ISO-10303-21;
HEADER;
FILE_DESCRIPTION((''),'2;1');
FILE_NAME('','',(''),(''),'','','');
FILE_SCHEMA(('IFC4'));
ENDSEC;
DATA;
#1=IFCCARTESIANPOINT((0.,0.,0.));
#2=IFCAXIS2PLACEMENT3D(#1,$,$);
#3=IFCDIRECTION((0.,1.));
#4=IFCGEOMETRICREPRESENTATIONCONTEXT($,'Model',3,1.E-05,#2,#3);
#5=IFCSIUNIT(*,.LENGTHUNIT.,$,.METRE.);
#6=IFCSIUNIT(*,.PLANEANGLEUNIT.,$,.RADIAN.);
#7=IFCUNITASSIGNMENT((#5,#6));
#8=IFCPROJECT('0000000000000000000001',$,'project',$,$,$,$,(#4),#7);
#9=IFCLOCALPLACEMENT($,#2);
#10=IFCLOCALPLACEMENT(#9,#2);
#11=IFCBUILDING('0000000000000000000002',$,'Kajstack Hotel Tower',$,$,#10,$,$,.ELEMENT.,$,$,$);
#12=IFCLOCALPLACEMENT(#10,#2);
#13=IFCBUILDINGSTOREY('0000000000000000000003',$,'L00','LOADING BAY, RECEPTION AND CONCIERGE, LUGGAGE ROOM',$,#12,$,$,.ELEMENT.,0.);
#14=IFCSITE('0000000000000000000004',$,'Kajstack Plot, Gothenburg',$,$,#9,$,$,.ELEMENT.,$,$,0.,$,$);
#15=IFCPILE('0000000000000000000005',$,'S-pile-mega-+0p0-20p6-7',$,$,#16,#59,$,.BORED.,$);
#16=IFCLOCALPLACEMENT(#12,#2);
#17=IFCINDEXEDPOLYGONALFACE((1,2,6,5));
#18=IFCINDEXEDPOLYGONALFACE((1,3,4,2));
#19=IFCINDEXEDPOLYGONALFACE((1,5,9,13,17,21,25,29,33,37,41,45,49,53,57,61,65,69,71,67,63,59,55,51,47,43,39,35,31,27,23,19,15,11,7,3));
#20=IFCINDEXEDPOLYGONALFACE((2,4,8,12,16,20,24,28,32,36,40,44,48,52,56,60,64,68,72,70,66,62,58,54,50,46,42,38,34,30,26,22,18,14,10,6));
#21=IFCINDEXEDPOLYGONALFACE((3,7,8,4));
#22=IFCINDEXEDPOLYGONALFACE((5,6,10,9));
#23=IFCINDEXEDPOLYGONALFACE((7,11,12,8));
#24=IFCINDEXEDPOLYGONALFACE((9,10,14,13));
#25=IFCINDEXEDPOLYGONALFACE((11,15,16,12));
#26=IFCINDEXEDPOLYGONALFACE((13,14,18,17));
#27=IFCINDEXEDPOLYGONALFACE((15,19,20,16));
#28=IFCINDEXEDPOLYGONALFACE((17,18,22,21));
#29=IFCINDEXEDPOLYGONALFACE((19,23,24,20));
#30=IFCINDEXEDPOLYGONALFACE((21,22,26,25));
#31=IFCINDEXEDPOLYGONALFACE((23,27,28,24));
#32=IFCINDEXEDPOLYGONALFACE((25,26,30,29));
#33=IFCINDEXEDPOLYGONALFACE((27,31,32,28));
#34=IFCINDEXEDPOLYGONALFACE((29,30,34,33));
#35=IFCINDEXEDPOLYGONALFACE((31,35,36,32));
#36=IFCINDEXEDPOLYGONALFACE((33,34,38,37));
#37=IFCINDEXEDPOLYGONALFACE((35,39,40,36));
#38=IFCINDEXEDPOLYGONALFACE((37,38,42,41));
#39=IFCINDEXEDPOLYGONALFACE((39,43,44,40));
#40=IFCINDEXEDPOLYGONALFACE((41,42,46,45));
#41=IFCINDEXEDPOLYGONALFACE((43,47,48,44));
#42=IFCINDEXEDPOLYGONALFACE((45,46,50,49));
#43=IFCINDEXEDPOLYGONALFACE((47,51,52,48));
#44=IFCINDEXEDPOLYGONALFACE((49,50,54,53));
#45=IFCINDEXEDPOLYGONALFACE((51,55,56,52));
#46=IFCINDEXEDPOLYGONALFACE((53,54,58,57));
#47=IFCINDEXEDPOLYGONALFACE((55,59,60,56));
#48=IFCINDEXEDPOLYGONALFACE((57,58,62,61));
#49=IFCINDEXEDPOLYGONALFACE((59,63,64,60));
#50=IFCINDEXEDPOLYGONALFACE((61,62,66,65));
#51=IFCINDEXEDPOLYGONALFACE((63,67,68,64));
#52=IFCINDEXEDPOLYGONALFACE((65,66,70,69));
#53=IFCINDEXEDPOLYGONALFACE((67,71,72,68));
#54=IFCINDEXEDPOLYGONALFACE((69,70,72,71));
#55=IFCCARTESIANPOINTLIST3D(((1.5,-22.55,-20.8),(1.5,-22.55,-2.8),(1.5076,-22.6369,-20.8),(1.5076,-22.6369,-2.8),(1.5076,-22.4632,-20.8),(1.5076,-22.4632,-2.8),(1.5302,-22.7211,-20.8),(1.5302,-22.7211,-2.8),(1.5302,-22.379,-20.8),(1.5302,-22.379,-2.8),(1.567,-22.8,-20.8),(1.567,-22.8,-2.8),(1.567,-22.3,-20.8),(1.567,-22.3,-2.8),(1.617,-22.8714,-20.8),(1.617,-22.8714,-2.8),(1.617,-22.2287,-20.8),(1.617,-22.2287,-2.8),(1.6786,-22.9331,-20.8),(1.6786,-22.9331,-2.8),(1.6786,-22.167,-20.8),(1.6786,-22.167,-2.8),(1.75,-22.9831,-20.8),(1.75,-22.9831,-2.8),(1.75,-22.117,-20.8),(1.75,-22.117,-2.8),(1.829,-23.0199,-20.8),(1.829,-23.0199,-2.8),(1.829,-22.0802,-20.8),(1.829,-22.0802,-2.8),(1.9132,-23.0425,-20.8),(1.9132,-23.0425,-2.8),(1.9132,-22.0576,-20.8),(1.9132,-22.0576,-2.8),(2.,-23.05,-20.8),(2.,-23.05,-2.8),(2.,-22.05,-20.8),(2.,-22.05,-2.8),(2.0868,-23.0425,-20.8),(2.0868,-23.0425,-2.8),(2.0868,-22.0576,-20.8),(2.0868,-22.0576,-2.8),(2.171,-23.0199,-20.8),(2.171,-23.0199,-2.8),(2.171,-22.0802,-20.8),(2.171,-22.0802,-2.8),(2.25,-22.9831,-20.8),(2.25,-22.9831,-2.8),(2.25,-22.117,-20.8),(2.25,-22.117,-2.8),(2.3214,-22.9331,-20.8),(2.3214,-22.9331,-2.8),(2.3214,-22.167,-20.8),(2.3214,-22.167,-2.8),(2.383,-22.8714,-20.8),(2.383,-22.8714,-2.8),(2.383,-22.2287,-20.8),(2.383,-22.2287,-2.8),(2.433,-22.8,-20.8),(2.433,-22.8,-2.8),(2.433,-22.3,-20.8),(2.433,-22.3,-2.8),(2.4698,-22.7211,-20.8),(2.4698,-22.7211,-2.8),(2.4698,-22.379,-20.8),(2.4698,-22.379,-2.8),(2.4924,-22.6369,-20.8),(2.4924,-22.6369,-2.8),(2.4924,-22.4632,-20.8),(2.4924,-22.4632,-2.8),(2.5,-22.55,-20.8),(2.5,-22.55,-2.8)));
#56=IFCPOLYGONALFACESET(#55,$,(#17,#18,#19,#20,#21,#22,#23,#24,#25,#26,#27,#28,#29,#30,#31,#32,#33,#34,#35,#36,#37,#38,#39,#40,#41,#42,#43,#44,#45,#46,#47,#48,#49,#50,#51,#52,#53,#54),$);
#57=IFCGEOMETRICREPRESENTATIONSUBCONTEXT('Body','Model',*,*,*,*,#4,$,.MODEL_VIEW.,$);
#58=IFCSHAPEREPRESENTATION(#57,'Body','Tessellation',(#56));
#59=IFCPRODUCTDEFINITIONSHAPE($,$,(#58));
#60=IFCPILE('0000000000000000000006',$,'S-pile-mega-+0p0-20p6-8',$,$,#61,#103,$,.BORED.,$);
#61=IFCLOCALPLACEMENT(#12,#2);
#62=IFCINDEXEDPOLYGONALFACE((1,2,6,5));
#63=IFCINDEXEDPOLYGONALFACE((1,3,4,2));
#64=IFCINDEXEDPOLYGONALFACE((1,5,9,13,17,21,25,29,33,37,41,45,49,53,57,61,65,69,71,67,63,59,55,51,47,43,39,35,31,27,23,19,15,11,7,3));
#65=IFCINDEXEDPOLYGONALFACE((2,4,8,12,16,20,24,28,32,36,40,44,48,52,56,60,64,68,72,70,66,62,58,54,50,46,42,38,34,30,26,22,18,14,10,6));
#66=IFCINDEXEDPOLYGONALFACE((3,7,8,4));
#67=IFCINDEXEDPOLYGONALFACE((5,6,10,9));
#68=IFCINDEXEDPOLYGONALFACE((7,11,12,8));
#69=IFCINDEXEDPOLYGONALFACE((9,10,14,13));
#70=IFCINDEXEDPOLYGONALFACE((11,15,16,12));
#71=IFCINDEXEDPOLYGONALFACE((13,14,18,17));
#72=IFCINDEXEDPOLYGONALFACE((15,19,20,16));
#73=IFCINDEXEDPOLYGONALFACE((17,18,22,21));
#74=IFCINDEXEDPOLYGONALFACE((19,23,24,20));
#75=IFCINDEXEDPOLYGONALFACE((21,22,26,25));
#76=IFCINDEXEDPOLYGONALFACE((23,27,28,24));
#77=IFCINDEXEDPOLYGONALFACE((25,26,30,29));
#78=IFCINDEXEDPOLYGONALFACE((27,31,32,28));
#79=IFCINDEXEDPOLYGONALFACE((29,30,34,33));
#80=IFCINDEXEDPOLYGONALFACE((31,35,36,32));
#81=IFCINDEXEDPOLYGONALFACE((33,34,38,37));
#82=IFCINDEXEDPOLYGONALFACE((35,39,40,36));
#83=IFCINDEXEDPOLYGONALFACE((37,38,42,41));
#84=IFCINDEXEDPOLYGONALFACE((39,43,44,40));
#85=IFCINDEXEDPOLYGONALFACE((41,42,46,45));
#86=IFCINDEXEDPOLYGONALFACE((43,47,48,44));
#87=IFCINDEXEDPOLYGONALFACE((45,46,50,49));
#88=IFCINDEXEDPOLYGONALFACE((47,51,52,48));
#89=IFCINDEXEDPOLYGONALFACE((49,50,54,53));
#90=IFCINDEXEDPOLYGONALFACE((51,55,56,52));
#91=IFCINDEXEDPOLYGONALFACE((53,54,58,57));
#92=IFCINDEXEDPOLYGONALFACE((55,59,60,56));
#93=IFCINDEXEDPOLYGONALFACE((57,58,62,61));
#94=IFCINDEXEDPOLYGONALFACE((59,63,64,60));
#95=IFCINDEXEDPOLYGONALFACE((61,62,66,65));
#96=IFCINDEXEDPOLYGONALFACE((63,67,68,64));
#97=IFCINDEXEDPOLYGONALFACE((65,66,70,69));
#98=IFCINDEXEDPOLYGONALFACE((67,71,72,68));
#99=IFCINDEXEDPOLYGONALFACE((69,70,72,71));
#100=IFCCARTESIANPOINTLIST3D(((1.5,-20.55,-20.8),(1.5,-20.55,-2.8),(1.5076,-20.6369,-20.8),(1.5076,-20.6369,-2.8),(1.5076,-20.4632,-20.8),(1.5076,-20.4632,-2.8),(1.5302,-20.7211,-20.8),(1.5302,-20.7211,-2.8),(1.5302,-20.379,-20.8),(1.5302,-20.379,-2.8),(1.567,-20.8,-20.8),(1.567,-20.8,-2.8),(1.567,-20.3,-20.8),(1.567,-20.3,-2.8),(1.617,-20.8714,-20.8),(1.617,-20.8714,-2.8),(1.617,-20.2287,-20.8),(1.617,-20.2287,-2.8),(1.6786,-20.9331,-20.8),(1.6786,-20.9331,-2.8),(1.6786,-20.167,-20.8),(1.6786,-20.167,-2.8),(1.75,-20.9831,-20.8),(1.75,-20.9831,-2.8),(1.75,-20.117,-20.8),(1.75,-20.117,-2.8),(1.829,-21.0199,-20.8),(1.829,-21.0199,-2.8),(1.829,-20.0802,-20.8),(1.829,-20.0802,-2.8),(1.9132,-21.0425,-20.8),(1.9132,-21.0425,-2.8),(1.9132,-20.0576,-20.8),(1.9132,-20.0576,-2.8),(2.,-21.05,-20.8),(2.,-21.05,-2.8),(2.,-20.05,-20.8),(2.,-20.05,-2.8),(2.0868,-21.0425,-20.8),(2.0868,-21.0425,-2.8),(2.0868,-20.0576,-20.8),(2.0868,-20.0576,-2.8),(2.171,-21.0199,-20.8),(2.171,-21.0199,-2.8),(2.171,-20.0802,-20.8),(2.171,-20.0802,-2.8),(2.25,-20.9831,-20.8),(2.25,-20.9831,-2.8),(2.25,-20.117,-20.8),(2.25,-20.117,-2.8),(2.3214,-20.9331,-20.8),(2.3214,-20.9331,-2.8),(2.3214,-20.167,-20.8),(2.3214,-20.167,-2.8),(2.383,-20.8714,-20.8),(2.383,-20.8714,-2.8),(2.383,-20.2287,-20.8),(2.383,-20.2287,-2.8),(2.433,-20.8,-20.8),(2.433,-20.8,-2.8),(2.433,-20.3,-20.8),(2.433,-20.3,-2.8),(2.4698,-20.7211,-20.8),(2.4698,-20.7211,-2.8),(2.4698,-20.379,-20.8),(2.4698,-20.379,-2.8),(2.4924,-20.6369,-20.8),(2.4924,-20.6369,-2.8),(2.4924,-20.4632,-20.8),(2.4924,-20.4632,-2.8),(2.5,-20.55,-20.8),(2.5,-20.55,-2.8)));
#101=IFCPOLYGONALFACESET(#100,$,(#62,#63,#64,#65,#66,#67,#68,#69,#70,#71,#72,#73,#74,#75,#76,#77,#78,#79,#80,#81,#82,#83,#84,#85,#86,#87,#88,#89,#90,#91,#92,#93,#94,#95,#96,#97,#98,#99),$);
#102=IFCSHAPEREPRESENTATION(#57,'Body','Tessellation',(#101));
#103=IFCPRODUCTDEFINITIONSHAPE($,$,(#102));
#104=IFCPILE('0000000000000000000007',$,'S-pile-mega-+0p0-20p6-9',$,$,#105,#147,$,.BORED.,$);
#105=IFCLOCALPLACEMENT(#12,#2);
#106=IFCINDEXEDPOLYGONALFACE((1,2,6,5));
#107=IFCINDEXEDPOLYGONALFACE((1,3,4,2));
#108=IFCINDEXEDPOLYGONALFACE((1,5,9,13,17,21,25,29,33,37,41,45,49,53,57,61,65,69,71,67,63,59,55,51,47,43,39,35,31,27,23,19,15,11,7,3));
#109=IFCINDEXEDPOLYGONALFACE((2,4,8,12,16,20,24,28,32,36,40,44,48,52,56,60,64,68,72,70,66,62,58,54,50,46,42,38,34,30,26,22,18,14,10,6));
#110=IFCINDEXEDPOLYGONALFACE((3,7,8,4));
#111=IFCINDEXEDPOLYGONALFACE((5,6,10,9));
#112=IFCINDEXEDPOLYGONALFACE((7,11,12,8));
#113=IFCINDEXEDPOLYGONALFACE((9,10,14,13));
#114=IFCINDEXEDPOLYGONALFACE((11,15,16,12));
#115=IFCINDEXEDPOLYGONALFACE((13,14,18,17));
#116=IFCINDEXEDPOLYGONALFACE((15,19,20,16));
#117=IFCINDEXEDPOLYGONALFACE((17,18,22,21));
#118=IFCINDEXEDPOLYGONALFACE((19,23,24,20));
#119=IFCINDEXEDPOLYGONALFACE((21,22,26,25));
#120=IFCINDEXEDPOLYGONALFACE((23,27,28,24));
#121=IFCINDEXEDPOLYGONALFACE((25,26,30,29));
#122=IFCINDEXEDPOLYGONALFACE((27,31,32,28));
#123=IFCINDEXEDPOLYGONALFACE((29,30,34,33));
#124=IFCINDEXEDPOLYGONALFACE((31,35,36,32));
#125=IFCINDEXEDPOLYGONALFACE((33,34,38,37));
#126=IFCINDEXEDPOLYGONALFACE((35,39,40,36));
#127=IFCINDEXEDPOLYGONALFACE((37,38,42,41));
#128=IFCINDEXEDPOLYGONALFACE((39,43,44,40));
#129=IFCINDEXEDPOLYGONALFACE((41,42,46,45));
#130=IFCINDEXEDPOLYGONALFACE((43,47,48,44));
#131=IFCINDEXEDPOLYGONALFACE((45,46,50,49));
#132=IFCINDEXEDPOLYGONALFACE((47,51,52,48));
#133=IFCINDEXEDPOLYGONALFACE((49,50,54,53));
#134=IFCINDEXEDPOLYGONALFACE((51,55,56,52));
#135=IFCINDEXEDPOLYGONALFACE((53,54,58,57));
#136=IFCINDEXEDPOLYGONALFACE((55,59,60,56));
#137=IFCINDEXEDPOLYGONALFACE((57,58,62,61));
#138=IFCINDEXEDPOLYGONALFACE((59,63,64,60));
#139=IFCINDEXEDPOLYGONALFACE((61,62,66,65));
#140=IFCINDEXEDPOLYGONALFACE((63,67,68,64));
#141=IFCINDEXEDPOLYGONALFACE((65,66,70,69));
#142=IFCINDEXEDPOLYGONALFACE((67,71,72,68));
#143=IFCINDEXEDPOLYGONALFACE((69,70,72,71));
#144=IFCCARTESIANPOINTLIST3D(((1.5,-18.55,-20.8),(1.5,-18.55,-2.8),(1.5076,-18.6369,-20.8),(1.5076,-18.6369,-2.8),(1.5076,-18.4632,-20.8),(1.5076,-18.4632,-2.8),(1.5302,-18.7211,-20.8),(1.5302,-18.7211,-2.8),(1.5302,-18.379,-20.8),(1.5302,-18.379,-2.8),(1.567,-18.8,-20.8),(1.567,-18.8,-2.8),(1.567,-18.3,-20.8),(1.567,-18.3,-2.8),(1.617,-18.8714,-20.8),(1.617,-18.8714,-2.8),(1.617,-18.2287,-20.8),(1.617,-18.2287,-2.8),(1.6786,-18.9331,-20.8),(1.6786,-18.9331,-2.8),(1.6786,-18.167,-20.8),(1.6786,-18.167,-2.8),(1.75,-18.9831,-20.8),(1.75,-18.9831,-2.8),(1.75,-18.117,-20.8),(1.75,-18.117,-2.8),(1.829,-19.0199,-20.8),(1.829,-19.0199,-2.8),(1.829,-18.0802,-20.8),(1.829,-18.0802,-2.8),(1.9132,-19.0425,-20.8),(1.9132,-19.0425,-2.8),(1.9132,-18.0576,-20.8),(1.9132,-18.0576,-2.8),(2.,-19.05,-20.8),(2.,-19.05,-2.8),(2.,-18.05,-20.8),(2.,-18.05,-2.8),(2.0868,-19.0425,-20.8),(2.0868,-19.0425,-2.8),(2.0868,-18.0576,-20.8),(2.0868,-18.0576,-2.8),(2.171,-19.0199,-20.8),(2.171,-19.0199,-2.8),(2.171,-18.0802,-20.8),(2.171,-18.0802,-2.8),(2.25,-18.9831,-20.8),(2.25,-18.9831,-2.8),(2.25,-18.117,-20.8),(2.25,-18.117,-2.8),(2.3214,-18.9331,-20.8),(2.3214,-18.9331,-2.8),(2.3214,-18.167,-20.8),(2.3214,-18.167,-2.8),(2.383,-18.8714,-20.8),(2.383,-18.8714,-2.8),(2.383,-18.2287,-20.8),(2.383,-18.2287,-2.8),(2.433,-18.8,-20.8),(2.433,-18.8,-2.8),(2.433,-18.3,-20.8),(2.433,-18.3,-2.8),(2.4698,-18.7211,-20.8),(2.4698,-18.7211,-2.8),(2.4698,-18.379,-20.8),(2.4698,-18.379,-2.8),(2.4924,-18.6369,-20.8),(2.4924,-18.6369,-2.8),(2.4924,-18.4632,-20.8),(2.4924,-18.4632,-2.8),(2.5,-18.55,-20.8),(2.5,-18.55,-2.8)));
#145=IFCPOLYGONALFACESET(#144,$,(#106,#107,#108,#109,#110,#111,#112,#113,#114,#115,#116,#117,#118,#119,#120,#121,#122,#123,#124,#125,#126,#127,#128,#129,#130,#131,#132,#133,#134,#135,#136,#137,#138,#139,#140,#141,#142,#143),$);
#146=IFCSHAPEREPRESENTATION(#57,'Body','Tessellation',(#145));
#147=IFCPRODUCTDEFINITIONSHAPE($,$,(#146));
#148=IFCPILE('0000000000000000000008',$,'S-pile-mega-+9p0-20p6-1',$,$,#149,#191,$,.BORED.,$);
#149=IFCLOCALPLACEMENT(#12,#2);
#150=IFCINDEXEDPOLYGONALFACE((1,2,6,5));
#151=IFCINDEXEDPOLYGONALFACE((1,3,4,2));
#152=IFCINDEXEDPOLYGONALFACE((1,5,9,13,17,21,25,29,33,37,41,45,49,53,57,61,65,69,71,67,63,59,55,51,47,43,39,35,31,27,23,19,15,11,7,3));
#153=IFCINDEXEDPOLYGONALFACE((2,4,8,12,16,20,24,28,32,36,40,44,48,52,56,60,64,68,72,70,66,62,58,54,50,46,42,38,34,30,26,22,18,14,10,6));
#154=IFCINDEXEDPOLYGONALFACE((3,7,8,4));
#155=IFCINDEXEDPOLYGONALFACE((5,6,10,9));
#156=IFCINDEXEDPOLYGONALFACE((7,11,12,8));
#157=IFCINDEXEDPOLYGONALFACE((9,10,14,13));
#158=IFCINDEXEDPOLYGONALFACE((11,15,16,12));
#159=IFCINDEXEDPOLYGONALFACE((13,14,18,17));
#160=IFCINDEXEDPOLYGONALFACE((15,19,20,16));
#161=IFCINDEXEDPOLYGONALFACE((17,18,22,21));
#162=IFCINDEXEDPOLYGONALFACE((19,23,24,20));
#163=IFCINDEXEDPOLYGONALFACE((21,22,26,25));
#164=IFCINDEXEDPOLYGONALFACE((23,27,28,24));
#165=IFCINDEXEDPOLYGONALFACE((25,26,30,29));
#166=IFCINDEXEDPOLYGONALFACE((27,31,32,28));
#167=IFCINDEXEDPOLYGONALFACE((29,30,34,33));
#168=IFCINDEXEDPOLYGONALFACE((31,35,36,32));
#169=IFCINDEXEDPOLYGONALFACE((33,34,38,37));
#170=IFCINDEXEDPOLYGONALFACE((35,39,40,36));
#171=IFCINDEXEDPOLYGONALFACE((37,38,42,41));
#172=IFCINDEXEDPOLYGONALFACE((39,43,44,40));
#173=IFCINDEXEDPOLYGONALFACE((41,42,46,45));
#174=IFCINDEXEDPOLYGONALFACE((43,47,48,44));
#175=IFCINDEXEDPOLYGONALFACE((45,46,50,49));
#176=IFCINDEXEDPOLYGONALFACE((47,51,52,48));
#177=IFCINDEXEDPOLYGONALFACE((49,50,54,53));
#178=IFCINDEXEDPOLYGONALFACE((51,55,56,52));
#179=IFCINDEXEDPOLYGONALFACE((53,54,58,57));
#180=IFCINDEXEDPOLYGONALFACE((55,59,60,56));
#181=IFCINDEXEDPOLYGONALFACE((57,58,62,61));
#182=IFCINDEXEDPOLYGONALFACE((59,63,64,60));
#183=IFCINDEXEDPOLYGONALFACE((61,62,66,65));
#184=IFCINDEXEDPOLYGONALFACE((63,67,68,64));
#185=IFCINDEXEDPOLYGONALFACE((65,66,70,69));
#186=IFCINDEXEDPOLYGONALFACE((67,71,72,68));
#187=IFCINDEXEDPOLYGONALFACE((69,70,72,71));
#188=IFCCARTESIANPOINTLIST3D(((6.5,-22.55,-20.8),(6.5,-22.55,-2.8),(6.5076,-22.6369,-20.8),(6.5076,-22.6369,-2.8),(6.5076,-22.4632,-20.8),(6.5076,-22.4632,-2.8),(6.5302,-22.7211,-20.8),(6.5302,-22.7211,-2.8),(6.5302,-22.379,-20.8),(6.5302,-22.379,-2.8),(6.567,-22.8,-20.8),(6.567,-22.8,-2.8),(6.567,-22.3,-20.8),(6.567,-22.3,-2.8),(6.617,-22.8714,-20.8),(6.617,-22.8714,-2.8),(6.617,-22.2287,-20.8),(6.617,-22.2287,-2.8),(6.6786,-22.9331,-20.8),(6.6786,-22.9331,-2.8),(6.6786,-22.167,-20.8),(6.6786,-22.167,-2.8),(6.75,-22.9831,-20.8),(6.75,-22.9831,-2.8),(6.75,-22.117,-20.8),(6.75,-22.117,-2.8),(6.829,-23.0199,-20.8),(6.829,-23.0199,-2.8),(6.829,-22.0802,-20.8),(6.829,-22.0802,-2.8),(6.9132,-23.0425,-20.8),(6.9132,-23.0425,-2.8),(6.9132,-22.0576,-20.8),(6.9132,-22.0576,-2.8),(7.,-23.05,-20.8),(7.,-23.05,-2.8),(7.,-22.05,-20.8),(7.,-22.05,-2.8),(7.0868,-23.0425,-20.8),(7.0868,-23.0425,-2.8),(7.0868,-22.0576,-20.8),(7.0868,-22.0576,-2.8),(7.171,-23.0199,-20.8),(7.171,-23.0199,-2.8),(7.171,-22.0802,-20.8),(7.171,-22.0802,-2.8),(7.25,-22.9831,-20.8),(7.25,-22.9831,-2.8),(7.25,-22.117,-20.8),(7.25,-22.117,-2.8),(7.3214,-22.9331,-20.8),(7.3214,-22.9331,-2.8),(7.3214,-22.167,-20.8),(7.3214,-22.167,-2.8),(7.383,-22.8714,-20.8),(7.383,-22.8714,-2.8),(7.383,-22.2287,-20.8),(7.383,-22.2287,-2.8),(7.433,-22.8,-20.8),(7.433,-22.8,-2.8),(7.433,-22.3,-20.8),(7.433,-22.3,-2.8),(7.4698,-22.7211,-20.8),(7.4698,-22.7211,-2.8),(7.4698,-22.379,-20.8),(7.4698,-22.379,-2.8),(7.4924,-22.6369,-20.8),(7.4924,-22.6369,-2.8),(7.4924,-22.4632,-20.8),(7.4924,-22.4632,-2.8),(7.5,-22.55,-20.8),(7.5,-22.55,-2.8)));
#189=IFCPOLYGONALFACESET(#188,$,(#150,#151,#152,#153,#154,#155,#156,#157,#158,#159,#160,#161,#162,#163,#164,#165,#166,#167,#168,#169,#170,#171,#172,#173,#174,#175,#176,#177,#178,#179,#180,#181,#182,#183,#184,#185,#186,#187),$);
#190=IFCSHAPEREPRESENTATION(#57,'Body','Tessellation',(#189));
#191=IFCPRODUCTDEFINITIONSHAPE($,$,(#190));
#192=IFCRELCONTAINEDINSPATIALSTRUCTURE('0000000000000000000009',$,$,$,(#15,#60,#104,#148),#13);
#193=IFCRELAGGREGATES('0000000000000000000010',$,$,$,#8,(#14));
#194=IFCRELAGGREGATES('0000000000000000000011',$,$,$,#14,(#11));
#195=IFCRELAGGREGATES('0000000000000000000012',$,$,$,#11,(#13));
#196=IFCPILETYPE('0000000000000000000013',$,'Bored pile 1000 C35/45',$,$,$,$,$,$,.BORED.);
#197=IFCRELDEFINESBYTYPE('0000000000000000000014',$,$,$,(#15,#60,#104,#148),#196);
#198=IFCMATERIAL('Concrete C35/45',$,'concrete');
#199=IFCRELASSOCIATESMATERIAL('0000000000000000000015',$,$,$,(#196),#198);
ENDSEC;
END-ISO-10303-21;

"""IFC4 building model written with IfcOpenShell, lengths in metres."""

from ifc_helpers import new_model, si_unit, direction, frame, origin, origin_2d, place, context, subcontext, project, spatial, circle, extrude, material, material_profile, profile_set, type_object, element, save


model = new_model("IFC4")

# Units and contexts
model_context = context("Model", 3, precision=1e-05, world=origin(), true_north=direction((0.0, 1.0)))
body_context = subcontext(model_context, "Body", "Model", "MODEL_VIEW")
ifc_project = project(units=[si_unit("LENGTHUNIT", "METRE"), si_unit("PLANEANGLEUNIT", "RADIAN")], contexts=[model_context])

# Site, building, storey
site_placement = place(None, origin())
site = spatial("IfcSite", under=ifc_project, at=site_placement, Name="Kajstack Plot, Gothenburg", CompositionType="ELEMENT", RefElevation=0.0)
building_placement = place(site_placement, origin())
building = spatial("IfcBuilding", under=site, at=building_placement, Name="Kajstack Hotel Tower", CompositionType="ELEMENT")
storey_placement = place(building_placement, origin())
storey = spatial("IfcBuildingStorey", under=building, at=storey_placement, Name="L00", Description="LOADING BAY, RECEPTION AND CONCIERGE, LUGGAGE ROOM", CompositionType="ELEMENT", Elevation=0.0)

# Piles
ifc_material_1 = material(Name="Concrete C35/45", Category="concrete")
ifc_material_profile_1 = material_profile(ifc_material_1, circle(Radius=0.5, at=origin_2d()), Name="RC round 1000")
ifc_profile_set_1 = profile_set([ifc_material_profile_1], Name="Concrete C35/45")
pile_type = type_object("IfcPileType", Name="Bored pile 1000 C35/45", PredefinedType="BORED", material=ifc_profile_set_1)
for number, where, z_axis, x_axis, name in (
    (1, (2.0, -22.55, -2.8), (0.0, 0.0, -1.0), (1.0, 0.0, 0.0), "S-pile-mega-+0p0-20p6-7"),
    (2, (2.0, -20.55, -2.8), (0.0, 0.0, -1.0), (1.0, 0.0, 0.0), "S-pile-mega-+0p0-20p6-8"),
    (3, (2.0, -18.55, -2.8), (0.0, 0.0, -1.0), (1.0, 0.0, 0.0), "S-pile-mega-+0p0-20p6-9"),
    (4, (7.0, -22.55, -2.8), (0.0, 0.0, -1.0), (1.0, 0.0, 0.0), "S-pile-mega-+9p0-20p6-1"),
):
    element("IfcPile", number, at=place(storey_placement, frame(where, z_axis=z_axis, x_axis=x_axis)), inside=storey, type_object=pile_type, Name=name, PredefinedType="BORED", context=body_context, shape_type="SweptSolid", body=[
        extrude(circle(Radius=0.5, at=origin_2d()), origin(), (0.0, 0.0, 1.0), 18.0),
    ])

save(model, "model.ifc")
